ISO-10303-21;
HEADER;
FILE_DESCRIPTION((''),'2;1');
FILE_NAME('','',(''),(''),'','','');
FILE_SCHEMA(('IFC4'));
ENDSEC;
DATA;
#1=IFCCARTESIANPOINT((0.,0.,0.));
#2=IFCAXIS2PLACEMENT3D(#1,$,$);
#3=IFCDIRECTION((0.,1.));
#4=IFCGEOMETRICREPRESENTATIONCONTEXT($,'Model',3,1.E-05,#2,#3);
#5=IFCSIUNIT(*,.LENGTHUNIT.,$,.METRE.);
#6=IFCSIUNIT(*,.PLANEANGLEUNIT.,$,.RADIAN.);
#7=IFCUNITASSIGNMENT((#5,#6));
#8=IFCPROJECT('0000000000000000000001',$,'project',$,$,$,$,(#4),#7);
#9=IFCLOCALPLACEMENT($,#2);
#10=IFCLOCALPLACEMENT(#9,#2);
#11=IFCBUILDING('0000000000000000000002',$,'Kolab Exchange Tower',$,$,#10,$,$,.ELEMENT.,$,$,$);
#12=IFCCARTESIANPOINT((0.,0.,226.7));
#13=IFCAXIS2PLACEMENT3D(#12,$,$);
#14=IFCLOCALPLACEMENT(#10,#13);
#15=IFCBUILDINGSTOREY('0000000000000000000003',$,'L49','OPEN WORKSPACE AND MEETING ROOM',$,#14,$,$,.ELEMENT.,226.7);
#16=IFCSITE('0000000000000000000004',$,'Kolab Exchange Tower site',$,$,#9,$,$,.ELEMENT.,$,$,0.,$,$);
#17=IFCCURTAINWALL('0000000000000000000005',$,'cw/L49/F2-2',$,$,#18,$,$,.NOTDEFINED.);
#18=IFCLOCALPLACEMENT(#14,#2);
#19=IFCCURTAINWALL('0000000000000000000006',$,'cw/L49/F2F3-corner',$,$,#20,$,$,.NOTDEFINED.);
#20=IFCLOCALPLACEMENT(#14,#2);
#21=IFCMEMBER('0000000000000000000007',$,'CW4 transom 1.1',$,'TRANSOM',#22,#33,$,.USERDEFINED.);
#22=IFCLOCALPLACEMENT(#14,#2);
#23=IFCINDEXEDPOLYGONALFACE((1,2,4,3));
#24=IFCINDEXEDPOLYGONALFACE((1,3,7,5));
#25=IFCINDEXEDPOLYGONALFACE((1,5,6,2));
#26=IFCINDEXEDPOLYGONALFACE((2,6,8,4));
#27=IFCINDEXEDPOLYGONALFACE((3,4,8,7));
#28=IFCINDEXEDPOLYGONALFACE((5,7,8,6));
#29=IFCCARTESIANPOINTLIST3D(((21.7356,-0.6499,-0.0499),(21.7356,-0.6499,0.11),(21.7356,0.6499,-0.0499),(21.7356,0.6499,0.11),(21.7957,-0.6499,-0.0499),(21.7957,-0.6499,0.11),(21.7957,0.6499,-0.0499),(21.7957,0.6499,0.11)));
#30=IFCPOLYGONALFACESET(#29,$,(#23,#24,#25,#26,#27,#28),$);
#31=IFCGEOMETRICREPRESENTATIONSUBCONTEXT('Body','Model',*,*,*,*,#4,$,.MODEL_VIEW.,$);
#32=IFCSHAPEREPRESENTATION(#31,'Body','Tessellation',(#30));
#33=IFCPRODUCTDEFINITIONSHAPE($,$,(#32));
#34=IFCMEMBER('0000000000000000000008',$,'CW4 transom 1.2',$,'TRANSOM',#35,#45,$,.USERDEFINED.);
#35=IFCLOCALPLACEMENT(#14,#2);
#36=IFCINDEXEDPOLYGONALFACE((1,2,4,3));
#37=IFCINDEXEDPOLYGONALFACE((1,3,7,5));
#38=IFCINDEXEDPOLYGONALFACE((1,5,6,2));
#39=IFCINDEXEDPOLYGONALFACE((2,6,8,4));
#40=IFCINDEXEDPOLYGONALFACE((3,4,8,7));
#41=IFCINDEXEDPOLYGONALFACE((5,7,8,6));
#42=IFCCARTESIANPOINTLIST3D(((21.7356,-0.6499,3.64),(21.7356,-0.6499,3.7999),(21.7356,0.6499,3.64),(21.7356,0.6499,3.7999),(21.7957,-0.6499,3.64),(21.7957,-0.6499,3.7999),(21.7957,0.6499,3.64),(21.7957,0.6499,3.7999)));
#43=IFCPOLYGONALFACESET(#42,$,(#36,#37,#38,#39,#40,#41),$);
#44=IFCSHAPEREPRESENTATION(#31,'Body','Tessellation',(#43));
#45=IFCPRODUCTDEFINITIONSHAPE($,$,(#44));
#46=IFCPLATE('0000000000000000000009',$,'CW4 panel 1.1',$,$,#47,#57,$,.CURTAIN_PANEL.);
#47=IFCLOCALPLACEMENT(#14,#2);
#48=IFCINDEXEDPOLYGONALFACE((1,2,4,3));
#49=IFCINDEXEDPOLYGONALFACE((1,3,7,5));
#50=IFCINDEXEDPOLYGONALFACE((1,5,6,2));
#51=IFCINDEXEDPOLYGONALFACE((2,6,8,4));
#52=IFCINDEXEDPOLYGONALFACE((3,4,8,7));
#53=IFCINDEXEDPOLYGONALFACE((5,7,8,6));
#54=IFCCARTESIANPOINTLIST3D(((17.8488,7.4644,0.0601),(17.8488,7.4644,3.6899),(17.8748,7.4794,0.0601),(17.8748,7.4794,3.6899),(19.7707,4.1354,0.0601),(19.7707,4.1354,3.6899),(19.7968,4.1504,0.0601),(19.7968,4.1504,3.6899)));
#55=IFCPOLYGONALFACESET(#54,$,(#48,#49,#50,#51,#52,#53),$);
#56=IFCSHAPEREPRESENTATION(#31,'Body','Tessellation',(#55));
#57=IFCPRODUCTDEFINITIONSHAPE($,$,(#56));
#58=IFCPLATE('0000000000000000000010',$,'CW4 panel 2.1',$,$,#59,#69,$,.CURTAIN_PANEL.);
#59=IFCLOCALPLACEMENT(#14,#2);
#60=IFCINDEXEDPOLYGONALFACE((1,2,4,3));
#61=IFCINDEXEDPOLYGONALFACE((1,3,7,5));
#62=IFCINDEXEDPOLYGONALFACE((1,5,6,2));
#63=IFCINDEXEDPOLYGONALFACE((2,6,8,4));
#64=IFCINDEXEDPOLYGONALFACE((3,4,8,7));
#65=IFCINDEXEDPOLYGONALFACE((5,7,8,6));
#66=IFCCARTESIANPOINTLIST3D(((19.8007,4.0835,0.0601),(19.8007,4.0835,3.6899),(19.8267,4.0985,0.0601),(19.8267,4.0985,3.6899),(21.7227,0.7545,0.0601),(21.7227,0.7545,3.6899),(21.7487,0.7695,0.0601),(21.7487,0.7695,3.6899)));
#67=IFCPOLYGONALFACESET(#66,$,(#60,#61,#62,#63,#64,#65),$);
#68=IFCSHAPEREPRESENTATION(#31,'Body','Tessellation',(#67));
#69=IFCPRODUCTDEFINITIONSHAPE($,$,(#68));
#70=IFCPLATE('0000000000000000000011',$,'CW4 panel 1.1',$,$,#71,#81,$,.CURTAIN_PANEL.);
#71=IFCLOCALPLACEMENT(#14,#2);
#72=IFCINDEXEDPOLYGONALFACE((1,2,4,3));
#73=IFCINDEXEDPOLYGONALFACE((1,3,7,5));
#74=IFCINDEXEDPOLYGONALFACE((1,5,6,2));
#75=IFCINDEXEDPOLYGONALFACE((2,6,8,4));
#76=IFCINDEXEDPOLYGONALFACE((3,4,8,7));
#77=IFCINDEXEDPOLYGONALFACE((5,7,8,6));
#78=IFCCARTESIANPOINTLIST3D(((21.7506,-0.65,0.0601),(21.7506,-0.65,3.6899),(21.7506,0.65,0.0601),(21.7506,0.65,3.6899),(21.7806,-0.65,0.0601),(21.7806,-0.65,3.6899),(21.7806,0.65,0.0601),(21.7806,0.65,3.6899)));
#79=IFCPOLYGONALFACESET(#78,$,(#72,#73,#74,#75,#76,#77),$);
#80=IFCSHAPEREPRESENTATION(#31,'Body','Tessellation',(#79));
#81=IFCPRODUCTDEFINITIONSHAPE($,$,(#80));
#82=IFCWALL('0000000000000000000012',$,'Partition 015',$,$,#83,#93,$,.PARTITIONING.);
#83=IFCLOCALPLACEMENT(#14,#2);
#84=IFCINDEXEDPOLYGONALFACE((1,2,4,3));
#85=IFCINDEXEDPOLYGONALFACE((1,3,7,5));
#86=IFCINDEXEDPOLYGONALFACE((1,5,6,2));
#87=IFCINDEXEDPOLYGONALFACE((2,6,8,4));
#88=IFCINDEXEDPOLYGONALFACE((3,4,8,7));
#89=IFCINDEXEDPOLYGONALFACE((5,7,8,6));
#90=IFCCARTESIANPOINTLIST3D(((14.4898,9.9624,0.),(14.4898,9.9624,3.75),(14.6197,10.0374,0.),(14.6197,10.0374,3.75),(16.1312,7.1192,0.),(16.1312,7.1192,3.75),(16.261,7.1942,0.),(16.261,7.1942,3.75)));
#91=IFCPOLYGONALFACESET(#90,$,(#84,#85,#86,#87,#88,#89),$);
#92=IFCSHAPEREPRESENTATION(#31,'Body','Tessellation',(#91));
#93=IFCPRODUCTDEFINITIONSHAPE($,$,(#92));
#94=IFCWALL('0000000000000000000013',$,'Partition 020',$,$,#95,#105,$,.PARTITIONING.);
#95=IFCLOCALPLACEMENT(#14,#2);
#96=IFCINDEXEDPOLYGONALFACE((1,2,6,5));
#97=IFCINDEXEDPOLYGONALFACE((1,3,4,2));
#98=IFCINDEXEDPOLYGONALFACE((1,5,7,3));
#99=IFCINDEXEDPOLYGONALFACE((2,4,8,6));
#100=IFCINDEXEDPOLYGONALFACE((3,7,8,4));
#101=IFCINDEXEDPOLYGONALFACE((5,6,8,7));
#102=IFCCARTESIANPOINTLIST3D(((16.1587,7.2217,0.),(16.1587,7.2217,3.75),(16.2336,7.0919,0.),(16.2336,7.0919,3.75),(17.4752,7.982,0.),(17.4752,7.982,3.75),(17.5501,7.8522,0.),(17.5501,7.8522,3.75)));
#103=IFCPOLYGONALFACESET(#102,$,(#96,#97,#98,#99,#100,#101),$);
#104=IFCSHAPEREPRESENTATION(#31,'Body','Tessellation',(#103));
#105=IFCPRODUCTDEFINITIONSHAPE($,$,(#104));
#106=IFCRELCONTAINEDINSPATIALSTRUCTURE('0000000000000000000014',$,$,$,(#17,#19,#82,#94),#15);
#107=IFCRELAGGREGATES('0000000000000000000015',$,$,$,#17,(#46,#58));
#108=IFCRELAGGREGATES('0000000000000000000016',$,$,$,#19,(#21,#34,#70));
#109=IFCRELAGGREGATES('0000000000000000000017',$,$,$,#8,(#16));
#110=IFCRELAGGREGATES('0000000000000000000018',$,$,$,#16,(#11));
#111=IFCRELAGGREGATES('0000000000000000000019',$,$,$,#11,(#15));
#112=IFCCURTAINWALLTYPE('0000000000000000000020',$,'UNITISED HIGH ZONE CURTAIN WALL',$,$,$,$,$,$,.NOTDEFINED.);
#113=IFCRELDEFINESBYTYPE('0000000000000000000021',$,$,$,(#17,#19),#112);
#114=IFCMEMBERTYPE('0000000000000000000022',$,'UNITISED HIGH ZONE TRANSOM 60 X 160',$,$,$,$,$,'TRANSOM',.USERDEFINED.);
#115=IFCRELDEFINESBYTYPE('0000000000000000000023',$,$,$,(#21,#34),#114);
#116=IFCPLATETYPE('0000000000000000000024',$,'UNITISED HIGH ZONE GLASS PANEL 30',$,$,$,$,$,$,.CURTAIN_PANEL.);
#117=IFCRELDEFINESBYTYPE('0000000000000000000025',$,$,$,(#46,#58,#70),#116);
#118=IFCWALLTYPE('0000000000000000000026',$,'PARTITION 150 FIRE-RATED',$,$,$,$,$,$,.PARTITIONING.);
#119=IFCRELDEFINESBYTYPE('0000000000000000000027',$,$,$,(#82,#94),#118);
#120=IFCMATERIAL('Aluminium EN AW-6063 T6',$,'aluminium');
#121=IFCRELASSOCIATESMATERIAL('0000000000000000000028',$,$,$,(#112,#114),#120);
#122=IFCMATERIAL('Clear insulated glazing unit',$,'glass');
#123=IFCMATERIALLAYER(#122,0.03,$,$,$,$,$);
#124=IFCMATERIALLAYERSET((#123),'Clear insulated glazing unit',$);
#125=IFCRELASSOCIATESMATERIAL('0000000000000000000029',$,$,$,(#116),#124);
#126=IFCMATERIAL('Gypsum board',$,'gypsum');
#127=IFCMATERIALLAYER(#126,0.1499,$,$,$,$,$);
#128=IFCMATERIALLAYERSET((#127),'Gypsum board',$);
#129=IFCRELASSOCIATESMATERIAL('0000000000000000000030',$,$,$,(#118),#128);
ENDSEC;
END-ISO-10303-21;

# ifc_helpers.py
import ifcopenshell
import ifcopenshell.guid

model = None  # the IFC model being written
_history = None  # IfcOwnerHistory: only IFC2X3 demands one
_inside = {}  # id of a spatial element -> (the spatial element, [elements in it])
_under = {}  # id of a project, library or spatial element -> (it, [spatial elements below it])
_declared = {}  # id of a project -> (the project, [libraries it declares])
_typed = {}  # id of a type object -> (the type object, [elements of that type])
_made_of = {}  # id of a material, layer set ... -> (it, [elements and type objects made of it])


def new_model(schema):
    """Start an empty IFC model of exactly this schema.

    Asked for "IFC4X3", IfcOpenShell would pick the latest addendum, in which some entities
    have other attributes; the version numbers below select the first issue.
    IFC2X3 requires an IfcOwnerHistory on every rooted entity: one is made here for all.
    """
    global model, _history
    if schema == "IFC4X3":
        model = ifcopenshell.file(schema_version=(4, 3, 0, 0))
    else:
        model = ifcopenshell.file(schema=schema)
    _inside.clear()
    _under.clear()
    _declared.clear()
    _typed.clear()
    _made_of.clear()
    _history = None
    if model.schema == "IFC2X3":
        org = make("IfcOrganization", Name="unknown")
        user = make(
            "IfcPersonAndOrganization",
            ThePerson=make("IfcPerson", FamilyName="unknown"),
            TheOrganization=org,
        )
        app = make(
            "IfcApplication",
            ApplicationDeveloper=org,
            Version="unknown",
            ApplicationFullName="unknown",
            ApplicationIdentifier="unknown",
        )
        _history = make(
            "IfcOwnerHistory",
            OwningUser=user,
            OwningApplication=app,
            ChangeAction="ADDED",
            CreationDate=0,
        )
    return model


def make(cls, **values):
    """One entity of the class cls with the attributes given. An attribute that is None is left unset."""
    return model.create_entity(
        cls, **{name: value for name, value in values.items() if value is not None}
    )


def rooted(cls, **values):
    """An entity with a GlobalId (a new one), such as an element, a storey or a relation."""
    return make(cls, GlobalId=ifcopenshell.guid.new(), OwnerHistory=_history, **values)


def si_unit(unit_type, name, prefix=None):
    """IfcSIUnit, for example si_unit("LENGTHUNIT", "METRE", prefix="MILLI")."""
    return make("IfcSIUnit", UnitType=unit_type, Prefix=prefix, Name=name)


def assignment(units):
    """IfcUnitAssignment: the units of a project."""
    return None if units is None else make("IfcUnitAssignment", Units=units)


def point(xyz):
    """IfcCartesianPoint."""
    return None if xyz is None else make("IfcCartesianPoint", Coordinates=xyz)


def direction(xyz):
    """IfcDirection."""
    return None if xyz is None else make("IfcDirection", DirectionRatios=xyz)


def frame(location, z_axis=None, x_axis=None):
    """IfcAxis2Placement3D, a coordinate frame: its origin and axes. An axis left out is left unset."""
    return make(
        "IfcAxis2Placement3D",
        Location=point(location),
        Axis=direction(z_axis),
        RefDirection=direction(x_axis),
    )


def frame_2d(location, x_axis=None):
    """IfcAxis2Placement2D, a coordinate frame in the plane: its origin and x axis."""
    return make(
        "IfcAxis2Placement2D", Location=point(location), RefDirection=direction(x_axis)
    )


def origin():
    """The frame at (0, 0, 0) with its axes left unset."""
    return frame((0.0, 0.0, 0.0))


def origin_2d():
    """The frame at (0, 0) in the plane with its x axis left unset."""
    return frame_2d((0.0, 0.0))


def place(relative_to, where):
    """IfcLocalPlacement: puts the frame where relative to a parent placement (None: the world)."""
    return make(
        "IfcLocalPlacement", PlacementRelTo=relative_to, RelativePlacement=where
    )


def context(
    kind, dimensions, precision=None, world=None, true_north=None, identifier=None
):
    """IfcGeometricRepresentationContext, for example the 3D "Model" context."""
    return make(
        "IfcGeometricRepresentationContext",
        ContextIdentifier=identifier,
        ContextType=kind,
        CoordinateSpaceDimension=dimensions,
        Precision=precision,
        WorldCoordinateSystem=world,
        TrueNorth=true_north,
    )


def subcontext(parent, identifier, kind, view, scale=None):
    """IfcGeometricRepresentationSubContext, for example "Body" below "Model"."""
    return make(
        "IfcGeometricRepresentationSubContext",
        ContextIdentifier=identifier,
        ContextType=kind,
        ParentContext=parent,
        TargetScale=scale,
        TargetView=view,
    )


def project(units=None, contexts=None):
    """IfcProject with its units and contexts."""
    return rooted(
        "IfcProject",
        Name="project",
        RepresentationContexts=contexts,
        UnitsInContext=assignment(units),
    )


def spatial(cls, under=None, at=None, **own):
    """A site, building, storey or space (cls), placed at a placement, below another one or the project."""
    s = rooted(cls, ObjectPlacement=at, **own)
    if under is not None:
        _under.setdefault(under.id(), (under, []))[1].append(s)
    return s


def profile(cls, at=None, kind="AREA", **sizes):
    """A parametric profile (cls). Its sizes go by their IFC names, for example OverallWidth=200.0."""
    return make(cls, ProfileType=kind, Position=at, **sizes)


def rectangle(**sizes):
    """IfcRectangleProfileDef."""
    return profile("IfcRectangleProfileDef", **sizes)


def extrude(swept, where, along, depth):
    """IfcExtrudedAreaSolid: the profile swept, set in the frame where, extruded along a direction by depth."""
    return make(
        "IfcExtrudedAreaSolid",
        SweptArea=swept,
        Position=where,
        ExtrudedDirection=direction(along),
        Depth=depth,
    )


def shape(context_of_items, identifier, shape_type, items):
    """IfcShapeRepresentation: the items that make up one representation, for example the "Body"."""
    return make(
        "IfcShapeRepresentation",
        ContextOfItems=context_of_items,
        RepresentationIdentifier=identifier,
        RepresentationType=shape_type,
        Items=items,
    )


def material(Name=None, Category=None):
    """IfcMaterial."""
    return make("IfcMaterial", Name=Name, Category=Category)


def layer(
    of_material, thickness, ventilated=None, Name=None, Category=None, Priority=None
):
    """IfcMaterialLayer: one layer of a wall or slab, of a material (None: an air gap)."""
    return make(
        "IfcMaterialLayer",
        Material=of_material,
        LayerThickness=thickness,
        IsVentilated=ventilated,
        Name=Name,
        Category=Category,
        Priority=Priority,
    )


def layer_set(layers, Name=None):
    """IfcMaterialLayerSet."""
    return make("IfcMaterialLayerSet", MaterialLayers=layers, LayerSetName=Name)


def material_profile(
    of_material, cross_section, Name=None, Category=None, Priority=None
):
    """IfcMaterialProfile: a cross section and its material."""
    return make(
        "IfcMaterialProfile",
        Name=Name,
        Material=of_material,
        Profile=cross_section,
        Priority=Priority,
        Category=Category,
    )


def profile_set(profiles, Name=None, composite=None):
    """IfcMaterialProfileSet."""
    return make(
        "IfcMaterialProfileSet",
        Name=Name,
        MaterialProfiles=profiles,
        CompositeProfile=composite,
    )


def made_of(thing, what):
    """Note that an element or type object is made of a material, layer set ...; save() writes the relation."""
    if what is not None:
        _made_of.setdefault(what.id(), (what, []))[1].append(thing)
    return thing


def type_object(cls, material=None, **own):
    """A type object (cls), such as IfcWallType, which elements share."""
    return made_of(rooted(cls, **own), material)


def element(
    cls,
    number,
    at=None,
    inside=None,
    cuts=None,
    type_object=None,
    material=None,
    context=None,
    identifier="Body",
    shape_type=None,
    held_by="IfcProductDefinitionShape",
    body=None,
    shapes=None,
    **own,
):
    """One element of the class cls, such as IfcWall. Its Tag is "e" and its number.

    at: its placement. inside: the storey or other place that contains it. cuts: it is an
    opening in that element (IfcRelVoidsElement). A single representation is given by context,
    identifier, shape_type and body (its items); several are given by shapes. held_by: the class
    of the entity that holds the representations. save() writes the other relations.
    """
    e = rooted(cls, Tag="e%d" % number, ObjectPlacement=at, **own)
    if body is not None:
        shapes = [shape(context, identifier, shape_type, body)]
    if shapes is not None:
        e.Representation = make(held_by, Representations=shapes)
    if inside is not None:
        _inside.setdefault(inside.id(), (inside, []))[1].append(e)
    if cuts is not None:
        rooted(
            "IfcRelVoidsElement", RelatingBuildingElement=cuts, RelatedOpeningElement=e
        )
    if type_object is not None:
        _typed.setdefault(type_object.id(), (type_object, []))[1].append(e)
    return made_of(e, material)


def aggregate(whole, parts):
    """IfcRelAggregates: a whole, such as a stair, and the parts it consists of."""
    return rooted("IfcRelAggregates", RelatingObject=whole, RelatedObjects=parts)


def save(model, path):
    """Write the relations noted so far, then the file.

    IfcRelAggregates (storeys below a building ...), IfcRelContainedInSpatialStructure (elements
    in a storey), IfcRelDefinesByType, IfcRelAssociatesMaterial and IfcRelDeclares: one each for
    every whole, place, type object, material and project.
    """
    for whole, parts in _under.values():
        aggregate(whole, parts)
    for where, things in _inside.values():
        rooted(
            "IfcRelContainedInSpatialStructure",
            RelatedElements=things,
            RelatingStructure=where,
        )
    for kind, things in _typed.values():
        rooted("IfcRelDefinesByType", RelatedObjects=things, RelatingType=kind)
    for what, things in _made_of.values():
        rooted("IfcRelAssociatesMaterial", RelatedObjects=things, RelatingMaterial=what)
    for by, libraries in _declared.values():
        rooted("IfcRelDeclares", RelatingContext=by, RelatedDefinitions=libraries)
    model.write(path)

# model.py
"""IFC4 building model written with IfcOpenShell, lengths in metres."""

from ifc_helpers import new_model, si_unit, direction, frame, frame_2d, origin, origin_2d, place, context, subcontext, project, spatial, rectangle, extrude, material, layer, layer_set, material_profile, profile_set, type_object, element, aggregate, save


model = new_model("IFC4")

# Units and contexts
model_context = context("Model", 3, precision=1e-05, world=origin(), true_north=direction((0.0, 1.0)))
body_context = subcontext(model_context, "Body", "Model", "MODEL_VIEW")
ifc_project = project(units=[si_unit("LENGTHUNIT", "METRE"), si_unit("PLANEANGLEUNIT", "RADIAN")], contexts=[model_context])

# Site, building, storey
site_placement = place(None, origin())
site = spatial("IfcSite", under=ifc_project, at=site_placement, Name="Kolab Exchange Tower site", CompositionType="ELEMENT", RefElevation=0.0)
building_placement = place(site_placement, origin())
building = spatial("IfcBuilding", under=site, at=building_placement, Name="Kolab Exchange Tower", CompositionType="ELEMENT")
storey_placement = place(building_placement, frame((0.0, 0.0, 226.7)))
storey = spatial("IfcBuildingStorey", under=building, at=storey_placement, Name="L49", Description="OPEN WORKSPACE AND MEETING ROOM", CompositionType="ELEMENT", Elevation=226.7)

# Curtain wall
ifc_material_1 = material(Name="Aluminium EN AW-6063 T6", Category="aluminium")
curtain_wall_type = type_object("IfcCurtainWallType", Name="UNITISED HIGH ZONE CURTAIN WALL", PredefinedType="NOTDEFINED", material=ifc_material_1)
curtain_wall_1_placement = place(storey_placement, origin())
curtain_wall_1 = element("IfcCurtainWall", 1, at=curtain_wall_1_placement, inside=storey, type_object=curtain_wall_type, Name="cw/L49/F2-2", PredefinedType="NOTDEFINED")

# Curtain wall
curtain_wall_2_placement = place(storey_placement, origin())
curtain_wall_2 = element("IfcCurtainWall", 2, at=curtain_wall_2_placement, inside=storey, type_object=curtain_wall_type, Name="cw/L49/F2F3-corner", PredefinedType="NOTDEFINED")

# Members
ifc_material_profile_1 = material_profile(ifc_material_1, rectangle(XDim=0.0601, YDim=0.1599, at=origin_2d()), Name="RECT 60X160")
ifc_profile_set_1 = profile_set([ifc_material_profile_1], Name="Aluminium EN AW-6063 T6")
member_type_1 = type_object("IfcMemberType", Name="UNITISED HIGH ZONE TRANSOM 60 X 160", ElementType="TRANSOM", PredefinedType="USERDEFINED", material=ifc_profile_set_1)
member_1_placement = place(storey_placement, frame((21.7656, 0.6499, 0.03), z_axis=(0.0, -1.0, 0.0), x_axis=(1.0, 0.0, 0.0)))
member_1 = element("IfcMember", 3, at=member_1_placement, type_object=member_type_1, Name="CW4 transom 1.1", ObjectType="TRANSOM", PredefinedType="USERDEFINED", context=body_context, shape_type="SweptSolid", body=[
    extrude(rectangle(XDim=0.0601, YDim=0.1599, at=origin_2d()), origin(), (0.0, 0.0, 1.0), 1.2998),
])
member_2_placement = place(storey_placement, frame((21.7656, 0.6499, 3.72), z_axis=(0.0, -1.0, 0.0), x_axis=(1.0, 0.0, 0.0)))
member_2 = element("IfcMember", 4, at=member_2_placement, type_object=member_type_1, Name="CW4 transom 1.2", ObjectType="TRANSOM", PredefinedType="USERDEFINED", context=body_context, shape_type="SweptSolid", body=[
    extrude(rectangle(XDim=0.0601, YDim=0.1599, at=origin_2d()), origin(), (0.0, 0.0, 1.0), 1.2998),
])

# Plates
ifc_material_2 = material(Name="Clear insulated glazing unit", Category="glass")
ifc_layer_1 = layer(ifc_material_2, 0.03)
ifc_layer_set_1 = layer_set([ifc_layer_1], Name="Clear insulated glazing unit")
plate_type = type_object("IfcPlateType", Name="UNITISED HIGH ZONE GLASS PANEL 30", PredefinedType="CURTAIN_PANEL", material=ifc_layer_set_1)
plate_1_placement = place(storey_placement, frame((18.8228, 5.8074, 0.0601), z_axis=(0.0, 0.0, 1.0), x_axis=(0.5, -0.866025, 0.0)))
plate_1 = element("IfcPlate", 5, at=plate_1_placement, type_object=plate_type, Name="CW4 panel 1.1", PredefinedType="CURTAIN_PANEL", context=body_context, shape_type="SweptSolid", body=[
    extrude(rectangle(XDim=3.844, YDim=0.03, at=origin_2d()), origin(), (0.0, 0.0, 1.0), 3.6299),
])
plate_2_placement = place(storey_placement, frame((20.7747, 2.4265, 0.0601), z_axis=(0.0, 0.0, 1.0), x_axis=(0.5, -0.866025, 0.0)))
plate_2 = element("IfcPlate", 6, at=plate_2_placement, type_object=plate_type, Name="CW4 panel 2.1", PredefinedType="CURTAIN_PANEL", context=body_context, shape_type="SweptSolid", body=[
    extrude(rectangle(XDim=3.844, YDim=0.03, at=origin_2d()), origin(), (0.0, 0.0, 1.0), 3.6299),
])
aggregate(curtain_wall_1, [plate_1, plate_2])
plate_3_placement = place(storey_placement, frame((21.7656, 0.0, 0.0601), z_axis=(0.0, 0.0, 1.0), x_axis=(0.0, -1.0, 0.0)))
plate_3 = element("IfcPlate", 7, at=plate_3_placement, type_object=plate_type, Name="CW4 panel 1.1", PredefinedType="CURTAIN_PANEL", context=body_context, shape_type="SweptSolid", body=[
    extrude(rectangle(XDim=1.3, YDim=0.03, at=origin_2d()), origin(), (0.0, 0.0, 1.0), 3.6299),
])
aggregate(curtain_wall_2, [member_1, member_2, plate_3])

# Walls
ifc_material_3 = material(Name="Gypsum board", Category="gypsum")
ifc_layer_2 = layer(ifc_material_3, 0.1499)
ifc_layer_set_2 = layer_set([ifc_layer_2], Name="Gypsum board")
wall_type_1 = type_object("IfcWallType", Name="PARTITION 150 FIRE-RATED", PredefinedType="PARTITIONING", material=ifc_layer_set_2)
wall_1_placement = place(storey_placement, frame((14.5547, 10.0, 0.0), z_axis=(0.0, 0.0, 1.0), x_axis=(0.499954, -0.866052, 0.0)))
element("IfcWall", 8, at=wall_1_placement, inside=storey, type_object=wall_type_1, Name="Partition 015", PredefinedType="PARTITIONING", context=body_context, shape_type="SweptSolid", body=[
    extrude(rectangle(XDim=3.283, YDim=0.1499, at=frame_2d((1.6416, 0.0))), origin(), (0.0, 0.0, 1.0), 3.75),
])
wall_2_placement = place(storey_placement, frame((16.196, 7.1567, 0.0), z_axis=(0.0, 0.0, 1.0), x_axis=(0.865961, 0.500112, 0.0)))
element("IfcWall", 9, at=wall_2_placement, inside=storey, type_object=wall_type_1, Name="Partition 020", PredefinedType="PARTITIONING", context=body_context, shape_type="SweptSolid", body=[
    extrude(rectangle(XDim=1.5203, YDim=0.1499, at=frame_2d((0.7603, 0.0))), origin(), (0.0, 0.0, 1.0), 3.75),
])

save(model, "model.ifc")
